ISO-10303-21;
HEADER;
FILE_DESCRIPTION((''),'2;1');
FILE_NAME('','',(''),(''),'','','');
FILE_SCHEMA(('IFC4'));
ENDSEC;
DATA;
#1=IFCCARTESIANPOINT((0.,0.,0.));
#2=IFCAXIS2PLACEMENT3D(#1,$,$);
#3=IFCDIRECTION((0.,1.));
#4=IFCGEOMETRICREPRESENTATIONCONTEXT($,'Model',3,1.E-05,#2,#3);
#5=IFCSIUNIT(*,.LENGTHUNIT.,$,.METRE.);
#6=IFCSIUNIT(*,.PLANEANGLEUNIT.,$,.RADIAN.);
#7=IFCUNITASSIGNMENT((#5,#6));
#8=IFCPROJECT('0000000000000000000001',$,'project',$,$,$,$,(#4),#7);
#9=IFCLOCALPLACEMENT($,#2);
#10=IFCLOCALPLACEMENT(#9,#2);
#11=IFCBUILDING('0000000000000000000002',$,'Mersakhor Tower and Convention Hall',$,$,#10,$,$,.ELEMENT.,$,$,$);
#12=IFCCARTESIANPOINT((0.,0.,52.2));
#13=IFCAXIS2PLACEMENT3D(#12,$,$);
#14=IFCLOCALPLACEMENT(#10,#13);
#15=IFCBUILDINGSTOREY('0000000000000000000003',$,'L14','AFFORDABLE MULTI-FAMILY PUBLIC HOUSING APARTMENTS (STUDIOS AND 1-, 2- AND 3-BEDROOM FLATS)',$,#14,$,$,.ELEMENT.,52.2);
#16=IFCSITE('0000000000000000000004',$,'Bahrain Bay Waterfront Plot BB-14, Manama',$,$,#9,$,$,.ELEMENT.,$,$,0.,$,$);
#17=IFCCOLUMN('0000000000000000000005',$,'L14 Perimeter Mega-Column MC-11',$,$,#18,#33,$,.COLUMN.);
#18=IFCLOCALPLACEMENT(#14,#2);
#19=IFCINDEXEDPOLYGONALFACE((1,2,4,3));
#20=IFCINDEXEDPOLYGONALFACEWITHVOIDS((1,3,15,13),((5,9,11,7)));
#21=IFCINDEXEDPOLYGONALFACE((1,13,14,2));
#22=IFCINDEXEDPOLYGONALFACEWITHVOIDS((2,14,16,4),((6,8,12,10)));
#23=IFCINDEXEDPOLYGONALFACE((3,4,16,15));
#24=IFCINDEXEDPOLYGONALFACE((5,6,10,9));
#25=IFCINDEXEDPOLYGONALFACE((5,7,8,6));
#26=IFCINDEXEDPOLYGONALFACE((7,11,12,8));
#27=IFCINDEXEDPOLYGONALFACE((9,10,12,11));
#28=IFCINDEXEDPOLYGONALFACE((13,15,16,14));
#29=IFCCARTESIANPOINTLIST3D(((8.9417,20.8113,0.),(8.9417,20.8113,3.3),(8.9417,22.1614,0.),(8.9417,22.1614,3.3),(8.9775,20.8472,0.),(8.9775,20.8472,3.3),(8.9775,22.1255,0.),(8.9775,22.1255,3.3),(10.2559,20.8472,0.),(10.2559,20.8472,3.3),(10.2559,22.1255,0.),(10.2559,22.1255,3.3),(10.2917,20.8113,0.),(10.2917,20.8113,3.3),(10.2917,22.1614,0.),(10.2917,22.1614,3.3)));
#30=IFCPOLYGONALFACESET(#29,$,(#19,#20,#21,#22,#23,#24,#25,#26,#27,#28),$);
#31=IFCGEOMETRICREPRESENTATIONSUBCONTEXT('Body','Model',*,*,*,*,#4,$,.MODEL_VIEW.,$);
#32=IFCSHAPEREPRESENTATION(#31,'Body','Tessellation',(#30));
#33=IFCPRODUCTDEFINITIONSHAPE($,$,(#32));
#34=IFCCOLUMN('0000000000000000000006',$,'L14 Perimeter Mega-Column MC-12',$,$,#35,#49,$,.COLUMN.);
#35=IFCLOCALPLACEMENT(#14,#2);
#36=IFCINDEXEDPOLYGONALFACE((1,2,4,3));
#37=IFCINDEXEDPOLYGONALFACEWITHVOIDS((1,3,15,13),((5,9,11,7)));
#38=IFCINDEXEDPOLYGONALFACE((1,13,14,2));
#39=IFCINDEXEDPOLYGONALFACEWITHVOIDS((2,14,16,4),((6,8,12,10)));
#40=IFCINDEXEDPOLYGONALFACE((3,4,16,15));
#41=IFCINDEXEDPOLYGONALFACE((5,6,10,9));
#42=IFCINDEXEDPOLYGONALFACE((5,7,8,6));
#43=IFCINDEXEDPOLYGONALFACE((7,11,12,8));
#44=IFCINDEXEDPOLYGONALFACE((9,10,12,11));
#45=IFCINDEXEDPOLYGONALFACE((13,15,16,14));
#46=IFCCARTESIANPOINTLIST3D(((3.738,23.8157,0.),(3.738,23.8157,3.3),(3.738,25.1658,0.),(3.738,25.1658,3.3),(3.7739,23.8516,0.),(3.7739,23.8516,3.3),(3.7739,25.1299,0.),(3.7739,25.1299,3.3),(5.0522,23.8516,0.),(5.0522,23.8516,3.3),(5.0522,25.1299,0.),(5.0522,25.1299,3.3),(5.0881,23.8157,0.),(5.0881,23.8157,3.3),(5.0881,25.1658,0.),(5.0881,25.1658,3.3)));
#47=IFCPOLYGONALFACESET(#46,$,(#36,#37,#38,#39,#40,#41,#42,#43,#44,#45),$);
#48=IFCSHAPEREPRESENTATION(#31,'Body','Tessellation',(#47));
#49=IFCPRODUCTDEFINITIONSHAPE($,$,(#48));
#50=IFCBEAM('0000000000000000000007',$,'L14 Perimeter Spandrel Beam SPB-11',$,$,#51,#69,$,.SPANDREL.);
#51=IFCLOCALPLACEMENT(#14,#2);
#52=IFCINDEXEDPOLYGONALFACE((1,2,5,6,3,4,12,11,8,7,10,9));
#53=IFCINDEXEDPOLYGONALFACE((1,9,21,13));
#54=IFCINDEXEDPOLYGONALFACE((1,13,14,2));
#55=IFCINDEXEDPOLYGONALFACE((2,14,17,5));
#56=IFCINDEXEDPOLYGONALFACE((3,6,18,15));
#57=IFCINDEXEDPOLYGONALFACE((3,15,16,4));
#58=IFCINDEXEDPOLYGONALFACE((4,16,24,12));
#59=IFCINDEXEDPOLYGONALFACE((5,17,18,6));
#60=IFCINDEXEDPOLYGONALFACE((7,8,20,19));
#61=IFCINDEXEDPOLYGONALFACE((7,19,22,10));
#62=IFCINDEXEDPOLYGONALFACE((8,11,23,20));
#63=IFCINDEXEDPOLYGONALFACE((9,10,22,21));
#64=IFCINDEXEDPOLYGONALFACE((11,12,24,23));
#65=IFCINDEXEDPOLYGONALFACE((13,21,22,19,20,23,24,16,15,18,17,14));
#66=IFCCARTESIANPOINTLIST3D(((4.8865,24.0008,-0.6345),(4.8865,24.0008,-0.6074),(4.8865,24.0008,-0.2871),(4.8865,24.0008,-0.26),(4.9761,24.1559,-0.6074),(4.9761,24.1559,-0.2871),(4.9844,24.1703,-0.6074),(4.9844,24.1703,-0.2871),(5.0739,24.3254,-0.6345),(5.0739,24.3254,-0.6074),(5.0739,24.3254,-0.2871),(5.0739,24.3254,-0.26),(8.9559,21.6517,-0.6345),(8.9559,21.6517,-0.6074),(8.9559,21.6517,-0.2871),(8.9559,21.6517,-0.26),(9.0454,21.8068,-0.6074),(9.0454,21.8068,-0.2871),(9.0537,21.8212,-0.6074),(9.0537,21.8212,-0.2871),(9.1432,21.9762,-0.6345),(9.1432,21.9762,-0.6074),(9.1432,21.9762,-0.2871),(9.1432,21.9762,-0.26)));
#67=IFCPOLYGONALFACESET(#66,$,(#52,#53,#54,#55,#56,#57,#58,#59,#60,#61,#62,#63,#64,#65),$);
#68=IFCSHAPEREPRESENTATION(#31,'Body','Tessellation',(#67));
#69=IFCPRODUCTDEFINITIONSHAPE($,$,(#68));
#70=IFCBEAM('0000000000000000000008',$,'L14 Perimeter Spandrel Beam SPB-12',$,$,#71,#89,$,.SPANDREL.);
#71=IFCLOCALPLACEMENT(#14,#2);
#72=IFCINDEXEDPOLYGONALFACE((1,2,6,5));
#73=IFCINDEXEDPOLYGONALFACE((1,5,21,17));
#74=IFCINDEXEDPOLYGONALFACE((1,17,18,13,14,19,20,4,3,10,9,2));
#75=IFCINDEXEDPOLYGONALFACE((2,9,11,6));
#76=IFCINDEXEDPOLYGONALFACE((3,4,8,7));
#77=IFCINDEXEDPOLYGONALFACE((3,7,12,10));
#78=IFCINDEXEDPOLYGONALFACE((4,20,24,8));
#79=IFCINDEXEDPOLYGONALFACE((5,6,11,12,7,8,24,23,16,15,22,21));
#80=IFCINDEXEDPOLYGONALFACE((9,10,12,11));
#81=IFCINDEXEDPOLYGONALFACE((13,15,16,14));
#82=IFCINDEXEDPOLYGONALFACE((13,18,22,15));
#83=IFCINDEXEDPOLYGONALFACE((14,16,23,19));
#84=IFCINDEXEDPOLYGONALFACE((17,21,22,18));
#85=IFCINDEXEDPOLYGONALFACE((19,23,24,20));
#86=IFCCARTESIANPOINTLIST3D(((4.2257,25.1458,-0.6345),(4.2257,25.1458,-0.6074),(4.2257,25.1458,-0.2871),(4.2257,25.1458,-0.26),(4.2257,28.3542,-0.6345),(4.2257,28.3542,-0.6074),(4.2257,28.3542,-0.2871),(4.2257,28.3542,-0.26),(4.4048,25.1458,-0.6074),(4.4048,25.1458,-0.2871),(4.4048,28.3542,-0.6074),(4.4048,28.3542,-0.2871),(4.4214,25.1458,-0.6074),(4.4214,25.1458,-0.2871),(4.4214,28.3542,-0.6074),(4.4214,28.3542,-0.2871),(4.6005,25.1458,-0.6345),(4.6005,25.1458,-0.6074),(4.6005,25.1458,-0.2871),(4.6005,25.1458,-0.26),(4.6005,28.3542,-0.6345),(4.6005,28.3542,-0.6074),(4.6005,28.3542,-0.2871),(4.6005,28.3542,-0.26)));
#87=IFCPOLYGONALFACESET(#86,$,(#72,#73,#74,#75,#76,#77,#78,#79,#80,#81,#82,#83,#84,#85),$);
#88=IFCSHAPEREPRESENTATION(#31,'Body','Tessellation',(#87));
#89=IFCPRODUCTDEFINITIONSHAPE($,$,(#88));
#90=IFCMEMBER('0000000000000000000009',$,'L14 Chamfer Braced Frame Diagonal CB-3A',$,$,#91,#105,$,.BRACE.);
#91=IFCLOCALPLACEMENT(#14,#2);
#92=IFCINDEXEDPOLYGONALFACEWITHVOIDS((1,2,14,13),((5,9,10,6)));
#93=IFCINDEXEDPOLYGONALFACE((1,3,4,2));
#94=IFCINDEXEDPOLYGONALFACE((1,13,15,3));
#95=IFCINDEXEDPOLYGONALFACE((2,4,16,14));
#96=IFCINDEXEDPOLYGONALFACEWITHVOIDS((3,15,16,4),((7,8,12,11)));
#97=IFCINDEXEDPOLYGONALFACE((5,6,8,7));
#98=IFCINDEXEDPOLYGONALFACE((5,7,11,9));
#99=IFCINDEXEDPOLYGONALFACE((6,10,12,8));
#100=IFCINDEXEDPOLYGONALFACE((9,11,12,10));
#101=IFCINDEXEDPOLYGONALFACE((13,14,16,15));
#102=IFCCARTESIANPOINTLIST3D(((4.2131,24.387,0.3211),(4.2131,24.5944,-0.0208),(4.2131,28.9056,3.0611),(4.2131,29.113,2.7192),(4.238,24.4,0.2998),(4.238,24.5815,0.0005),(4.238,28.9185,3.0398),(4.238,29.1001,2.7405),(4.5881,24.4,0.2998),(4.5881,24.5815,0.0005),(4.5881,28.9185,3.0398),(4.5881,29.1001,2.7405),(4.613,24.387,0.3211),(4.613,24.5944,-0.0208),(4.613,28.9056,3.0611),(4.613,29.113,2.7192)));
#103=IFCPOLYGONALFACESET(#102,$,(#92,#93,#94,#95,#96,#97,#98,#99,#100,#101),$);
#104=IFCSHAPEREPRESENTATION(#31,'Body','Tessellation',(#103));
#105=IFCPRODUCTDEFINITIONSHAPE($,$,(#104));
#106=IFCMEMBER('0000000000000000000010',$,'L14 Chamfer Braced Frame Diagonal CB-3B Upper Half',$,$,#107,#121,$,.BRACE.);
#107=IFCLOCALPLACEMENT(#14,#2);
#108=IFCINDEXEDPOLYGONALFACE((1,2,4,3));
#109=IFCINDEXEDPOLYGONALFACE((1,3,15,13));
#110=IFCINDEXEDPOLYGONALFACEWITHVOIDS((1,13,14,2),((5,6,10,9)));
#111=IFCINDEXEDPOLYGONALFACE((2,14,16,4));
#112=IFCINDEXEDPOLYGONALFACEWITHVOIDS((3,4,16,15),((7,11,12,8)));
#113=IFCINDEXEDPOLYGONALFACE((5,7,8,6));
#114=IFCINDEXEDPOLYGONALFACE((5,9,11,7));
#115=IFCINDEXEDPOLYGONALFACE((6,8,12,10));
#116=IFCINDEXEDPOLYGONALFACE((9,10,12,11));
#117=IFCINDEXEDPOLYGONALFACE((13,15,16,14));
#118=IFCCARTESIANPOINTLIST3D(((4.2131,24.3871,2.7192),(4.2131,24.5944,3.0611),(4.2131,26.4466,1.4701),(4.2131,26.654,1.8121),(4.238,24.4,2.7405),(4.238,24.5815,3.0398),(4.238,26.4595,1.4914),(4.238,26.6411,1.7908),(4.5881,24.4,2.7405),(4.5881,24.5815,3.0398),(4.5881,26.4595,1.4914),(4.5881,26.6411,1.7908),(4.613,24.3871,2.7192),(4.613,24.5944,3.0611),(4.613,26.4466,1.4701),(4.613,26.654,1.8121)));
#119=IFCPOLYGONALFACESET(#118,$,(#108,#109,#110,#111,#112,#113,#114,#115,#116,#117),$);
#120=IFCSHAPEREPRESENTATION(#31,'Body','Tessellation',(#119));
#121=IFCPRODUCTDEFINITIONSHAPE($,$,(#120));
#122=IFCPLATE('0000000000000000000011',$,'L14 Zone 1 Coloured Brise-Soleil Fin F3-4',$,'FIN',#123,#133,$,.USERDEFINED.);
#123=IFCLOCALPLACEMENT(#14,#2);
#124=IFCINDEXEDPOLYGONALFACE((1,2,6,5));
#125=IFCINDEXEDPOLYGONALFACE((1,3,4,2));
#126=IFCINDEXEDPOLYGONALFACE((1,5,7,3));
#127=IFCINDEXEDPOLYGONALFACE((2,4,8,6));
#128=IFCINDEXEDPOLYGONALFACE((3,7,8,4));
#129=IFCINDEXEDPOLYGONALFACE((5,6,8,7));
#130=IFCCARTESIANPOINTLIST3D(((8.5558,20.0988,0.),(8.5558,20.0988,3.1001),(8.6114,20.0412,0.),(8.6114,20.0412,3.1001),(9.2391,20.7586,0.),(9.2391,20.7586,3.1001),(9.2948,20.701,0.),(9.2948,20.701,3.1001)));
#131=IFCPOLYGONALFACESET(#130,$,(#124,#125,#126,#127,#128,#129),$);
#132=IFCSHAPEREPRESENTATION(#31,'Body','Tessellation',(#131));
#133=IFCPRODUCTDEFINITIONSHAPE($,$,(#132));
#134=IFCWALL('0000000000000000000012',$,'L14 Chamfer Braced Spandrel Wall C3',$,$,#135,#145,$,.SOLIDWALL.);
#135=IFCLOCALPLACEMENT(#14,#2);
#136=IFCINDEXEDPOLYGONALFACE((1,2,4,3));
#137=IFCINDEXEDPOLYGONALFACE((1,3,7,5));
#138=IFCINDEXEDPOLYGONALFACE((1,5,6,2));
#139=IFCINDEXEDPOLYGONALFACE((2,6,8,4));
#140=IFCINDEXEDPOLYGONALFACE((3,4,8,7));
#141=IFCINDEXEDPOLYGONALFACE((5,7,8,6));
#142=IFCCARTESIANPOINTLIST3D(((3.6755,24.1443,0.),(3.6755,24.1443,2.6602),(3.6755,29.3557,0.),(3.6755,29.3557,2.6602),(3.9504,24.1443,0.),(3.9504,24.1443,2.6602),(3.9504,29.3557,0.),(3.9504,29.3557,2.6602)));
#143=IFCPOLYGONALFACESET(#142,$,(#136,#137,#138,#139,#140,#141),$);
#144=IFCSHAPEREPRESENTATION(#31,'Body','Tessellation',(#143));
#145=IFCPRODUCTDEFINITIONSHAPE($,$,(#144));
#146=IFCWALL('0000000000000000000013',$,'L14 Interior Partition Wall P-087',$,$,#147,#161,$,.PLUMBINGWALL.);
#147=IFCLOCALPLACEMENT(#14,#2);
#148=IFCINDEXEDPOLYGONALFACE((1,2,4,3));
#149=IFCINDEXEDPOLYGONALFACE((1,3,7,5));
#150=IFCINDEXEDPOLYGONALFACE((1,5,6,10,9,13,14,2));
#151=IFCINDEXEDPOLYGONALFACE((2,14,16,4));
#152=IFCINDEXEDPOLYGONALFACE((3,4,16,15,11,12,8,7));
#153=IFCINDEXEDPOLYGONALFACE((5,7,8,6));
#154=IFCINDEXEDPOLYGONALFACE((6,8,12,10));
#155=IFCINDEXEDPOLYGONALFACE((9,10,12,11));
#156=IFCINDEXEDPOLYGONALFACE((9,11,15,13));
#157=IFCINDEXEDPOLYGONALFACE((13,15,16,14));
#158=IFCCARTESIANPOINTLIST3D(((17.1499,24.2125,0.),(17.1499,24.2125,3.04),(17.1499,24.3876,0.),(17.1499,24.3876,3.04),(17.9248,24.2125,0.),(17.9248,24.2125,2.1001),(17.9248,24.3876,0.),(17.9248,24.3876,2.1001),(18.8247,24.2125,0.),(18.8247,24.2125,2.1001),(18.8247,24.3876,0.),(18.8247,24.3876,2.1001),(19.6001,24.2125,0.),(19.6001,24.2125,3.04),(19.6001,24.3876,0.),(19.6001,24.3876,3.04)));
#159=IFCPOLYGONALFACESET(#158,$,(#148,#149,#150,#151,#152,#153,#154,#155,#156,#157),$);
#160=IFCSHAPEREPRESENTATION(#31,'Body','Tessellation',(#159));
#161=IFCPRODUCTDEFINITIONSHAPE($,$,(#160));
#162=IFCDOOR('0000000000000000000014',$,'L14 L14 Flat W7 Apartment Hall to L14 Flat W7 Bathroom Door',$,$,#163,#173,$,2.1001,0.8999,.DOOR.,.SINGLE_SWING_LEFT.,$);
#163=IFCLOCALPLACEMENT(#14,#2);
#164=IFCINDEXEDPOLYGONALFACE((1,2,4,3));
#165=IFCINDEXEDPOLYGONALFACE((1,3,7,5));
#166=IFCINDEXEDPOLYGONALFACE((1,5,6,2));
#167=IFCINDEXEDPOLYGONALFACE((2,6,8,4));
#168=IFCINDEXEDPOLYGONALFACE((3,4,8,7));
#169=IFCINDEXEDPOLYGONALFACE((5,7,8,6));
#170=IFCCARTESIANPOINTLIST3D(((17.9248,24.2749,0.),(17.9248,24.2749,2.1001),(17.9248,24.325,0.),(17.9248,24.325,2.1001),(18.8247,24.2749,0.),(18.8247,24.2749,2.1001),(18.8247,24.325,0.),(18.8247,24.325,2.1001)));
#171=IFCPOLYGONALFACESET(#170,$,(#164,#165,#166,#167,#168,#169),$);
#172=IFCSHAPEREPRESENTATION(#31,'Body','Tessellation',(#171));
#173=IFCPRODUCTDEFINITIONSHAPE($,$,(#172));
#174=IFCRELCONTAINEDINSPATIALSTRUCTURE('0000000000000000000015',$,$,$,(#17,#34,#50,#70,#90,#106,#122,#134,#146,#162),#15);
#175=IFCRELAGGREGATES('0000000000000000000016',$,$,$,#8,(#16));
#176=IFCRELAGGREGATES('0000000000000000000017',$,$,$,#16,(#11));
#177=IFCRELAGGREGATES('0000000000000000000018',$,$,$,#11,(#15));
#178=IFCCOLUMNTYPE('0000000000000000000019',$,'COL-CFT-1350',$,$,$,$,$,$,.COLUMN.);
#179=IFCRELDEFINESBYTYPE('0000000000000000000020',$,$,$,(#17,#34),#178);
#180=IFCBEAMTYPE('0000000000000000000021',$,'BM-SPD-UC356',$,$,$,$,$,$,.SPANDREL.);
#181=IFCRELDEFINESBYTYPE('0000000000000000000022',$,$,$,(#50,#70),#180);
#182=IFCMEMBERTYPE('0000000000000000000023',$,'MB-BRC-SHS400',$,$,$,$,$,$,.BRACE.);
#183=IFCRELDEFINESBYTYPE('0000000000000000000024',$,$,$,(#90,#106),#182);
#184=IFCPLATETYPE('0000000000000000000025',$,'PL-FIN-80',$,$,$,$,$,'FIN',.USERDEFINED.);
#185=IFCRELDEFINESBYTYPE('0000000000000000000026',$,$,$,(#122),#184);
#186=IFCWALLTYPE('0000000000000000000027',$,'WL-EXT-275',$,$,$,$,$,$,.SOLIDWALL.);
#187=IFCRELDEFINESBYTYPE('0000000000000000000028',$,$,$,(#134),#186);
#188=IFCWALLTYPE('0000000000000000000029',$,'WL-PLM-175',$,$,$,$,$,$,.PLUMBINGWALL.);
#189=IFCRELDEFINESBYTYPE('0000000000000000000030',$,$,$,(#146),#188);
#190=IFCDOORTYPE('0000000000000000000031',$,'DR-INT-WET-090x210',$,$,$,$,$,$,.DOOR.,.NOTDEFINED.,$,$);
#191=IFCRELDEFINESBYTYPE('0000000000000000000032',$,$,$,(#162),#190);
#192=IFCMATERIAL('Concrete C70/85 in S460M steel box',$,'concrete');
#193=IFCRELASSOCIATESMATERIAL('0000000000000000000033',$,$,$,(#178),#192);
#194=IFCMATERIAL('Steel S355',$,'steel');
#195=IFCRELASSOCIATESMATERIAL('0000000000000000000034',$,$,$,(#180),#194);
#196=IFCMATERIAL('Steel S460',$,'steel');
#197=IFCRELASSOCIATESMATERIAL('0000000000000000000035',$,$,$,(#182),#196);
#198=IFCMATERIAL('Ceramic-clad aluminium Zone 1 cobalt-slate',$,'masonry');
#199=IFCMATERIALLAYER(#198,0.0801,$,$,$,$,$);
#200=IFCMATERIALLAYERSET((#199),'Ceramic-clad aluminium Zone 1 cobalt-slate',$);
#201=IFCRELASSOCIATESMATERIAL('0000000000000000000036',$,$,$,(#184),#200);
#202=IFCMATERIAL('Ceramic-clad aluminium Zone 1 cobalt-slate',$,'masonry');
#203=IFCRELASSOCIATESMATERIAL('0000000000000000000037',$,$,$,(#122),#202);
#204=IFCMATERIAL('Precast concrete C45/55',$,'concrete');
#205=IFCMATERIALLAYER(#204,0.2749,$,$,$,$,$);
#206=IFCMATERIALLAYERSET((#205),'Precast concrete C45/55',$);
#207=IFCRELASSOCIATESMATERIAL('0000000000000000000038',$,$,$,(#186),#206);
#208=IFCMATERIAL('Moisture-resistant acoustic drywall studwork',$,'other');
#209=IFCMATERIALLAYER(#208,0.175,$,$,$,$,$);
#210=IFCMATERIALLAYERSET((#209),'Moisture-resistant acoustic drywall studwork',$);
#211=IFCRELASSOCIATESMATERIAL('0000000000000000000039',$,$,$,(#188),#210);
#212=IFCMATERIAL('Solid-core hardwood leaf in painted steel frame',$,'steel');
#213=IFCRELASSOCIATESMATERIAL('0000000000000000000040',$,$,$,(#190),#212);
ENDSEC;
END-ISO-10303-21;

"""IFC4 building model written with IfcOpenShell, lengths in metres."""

from ifc_helpers import new_model, si_unit, direction, frame, frame_2d, origin, origin_2d, place, context, subcontext, project, spatial, rectangle, hollow_rectangle, i_section, extrude, material, layer, layer_set, material_profile, profile_set, type_object, element, fill, save


model = new_model("IFC4")

# Units and contexts
model_context = context("Model", 3, precision=1e-05, world=origin(), true_north=direction((0.0, 1.0)))
body_context = subcontext(model_context, "Body", "Model", "MODEL_VIEW")
ifc_project = project(units=[si_unit("LENGTHUNIT", "METRE"), si_unit("PLANEANGLEUNIT", "RADIAN")], contexts=[model_context])

# Site, building, storey
site_placement = place(None, origin())
site = spatial("IfcSite", under=ifc_project, at=site_placement, Name="Bahrain Bay Waterfront Plot BB-14, Manama", CompositionType="ELEMENT", RefElevation=0.0)
building_placement = place(site_placement, origin())
building = spatial("IfcBuilding", under=site, at=building_placement, Name="Mersakhor Tower and Convention Hall", CompositionType="ELEMENT")
storey_placement = place(building_placement, frame((0.0, 0.0, 52.2)))
storey = spatial("IfcBuildingStorey", under=building, at=storey_placement, Name="L14", Description="AFFORDABLE MULTI-FAMILY PUBLIC HOUSING APARTMENTS (STUDIOS AND 1-, 2- AND 3-BEDROOM FLATS)", CompositionType="ELEMENT", Elevation=52.2)

# Columns
ifc_material_1 = material(Name="Concrete C70/85 in S460M steel box", Category="concrete")
ifc_material_profile_1 = material_profile(ifc_material_1, hollow_rectangle(XDim=1.3501, YDim=1.3501, WallThickness=0.0359, at=origin_2d()), Name="SHS 1350x1350x36")
ifc_profile_set_1 = profile_set([ifc_material_profile_1], Name="Concrete C70/85 in S460M steel box")
column_type = type_object("IfcColumnType", Name="COL-CFT-1350", PredefinedType="COLUMN", material=ifc_profile_set_1)
for number, where, z_axis, x_axis, name in (
    (1, (9.6167, 21.4863, 0.0), (0.0, 0.0, 1.0), (1.0, 0.0, 0.0), "L14 Perimeter Mega-Column MC-11"),
    (2, (4.4131, 24.4907, 0.0), (0.0, 0.0, 1.0), (1.0, 0.0, 0.0), "L14 Perimeter Mega-Column MC-12"),
):
    element("IfcColumn", number, at=place(storey_placement, frame(where, z_axis=z_axis, x_axis=x_axis)), inside=storey, type_object=column_type, Name=name, PredefinedType="COLUMN", context=body_context, shape_type="SweptSolid", body=[
        extrude(hollow_rectangle(XDim=1.3501, YDim=1.3501, WallThickness=0.0359, at=origin_2d()), origin(), (0.0, 0.0, 1.0), 3.3),
    ])

# Beams
ifc_material_2 = material(Name="Steel S355", Category="steel")
ifc_material_profile_2 = material_profile(ifc_material_2, i_section(OverallWidth=0.3748, OverallDepth=0.3745, WebThickness=0.0166, FlangeThickness=0.0271, at=origin_2d()), Name="UC 356x368x202")
ifc_profile_set_2 = profile_set([ifc_material_profile_2], Name="Steel S355")
beam_type = type_object("IfcBeamType", Name="BM-SPD-UC356", PredefinedType="SPANDREL", material=ifc_profile_set_2)
beam_1_placement = place(storey_placement, frame((9.0496, 21.814, -0.4473), z_axis=(-0.866054, 0.49995, 0.0), x_axis=(-0.49995, -0.866054, 0.0)))
element("IfcBeam", 3, at=beam_1_placement, inside=storey, type_object=beam_type, Name="L14 Perimeter Spandrel Beam SPB-11", PredefinedType="SPANDREL", context=body_context, shape_type="SweptSolid", body=[
    extrude(i_section(OverallWidth=0.3748, OverallDepth=0.3745, WebThickness=0.0166, FlangeThickness=0.0271, at=origin_2d()), origin(), (0.0, 0.0, 1.0), 4.6987),
])
beam_2_placement = place(storey_placement, frame((4.4131, 25.1458, -0.4473), z_axis=(0.0, 1.0, 0.0), x_axis=(-1.0, 0.0, 0.0)))
element("IfcBeam", 4, at=beam_2_placement, inside=storey, type_object=beam_type, Name="L14 Perimeter Spandrel Beam SPB-12", PredefinedType="SPANDREL", context=body_context, shape_type="SweptSolid", body=[
    extrude(i_section(OverallWidth=0.3748, OverallDepth=0.3745, WebThickness=0.0166, FlangeThickness=0.0271, at=origin_2d()), origin(), (0.0, 0.0, 1.0), 3.2085),
])

# Members
ifc_material_3 = material(Name="Steel S460", Category="steel")
ifc_material_profile_3 = material_profile(ifc_material_3, hollow_rectangle(XDim=0.3999, YDim=0.3999, WallThickness=0.0249, at=origin_2d()), Name="SHS 400x400x25")
ifc_profile_set_3 = profile_set([ifc_material_profile_3], Name="Steel S460")
member_type = type_object("IfcMemberType", Name="MB-BRC-SHS400", PredefinedType="BRACE", material=ifc_profile_set_3)
member_1_placement = place(storey_placement, frame((4.4131, 24.4907, 0.1501), z_axis=(0.0, 0.855074, 0.518505), x_axis=(-1.0, 0.0, 0.0)))
element("IfcMember", 5, at=member_1_placement, inside=storey, type_object=member_type, Name="L14 Chamfer Braced Frame Diagonal CB-3A", PredefinedType="BRACE", context=body_context, shape_type="SweptSolid", body=[
    extrude(hollow_rectangle(XDim=0.3999, YDim=0.3999, WallThickness=0.0249, at=origin_2d()), origin(), (0.0, 0.0, 1.0), 5.2844),
])
member_2_placement = place(storey_placement, frame((4.4131, 26.5503, 1.6411), z_axis=(0.0, -0.855051, 0.518544), x_axis=(1.0, 0.0, 0.0)))
element("IfcMember", 6, at=member_2_placement, inside=storey, type_object=member_type, Name="L14 Chamfer Braced Frame Diagonal CB-3B Upper Half", PredefinedType="BRACE", context=body_context, shape_type="SweptSolid", body=[
    extrude(hollow_rectangle(XDim=0.3999, YDim=0.3999, WallThickness=0.0249, at=origin_2d()), origin(), (0.0, 0.0, 1.0), 2.4087),
])

# Plate
ifc_material_4 = material(Name="Ceramic-clad aluminium Zone 1 cobalt-slate", Category="masonry")
ifc_material_5 = material(Name="Ceramic-clad aluminium Zone 1 cobalt-slate", Category="masonry")
ifc_layer_1 = layer(ifc_material_5, 0.0801)
ifc_layer_set_1 = layer_set([ifc_layer_1], Name="Ceramic-clad aluminium Zone 1 cobalt-slate")
plate_type = type_object("IfcPlateType", Name="PL-FIN-80", ElementType="FIN", PredefinedType="USERDEFINED", material=ifc_layer_set_1)
plate_placement = place(storey_placement, frame((8.9253, 20.3999, 0.0), z_axis=(0.0, 0.0, 1.0), x_axis=(-0.71934, -0.694658, 0.0)))
element("IfcPlate", 7, at=plate_placement, inside=storey, type_object=plate_type, material=ifc_material_4, Name="L14 Zone 1 Coloured Brise-Soleil Fin F3-4", ObjectType="FIN", PredefinedType="USERDEFINED", context=body_context, shape_type="SweptSolid", body=[
    extrude(rectangle(XDim=0.95, YDim=0.0801, at=origin_2d()), origin(), (0.0, 0.0, 1.0), 3.1001),
])

# Wall
ifc_material_6 = material(Name="Precast concrete C45/55", Category="concrete")
ifc_layer_2 = layer(ifc_material_6, 0.2749)
ifc_layer_set_2 = layer_set([ifc_layer_2], Name="Precast concrete C45/55")
wall_type_1 = type_object("IfcWallType", Name="WL-EXT-275", PredefinedType="SOLIDWALL", material=ifc_layer_set_2)
wall_1_placement = place(storey_placement, frame((3.813, 24.1443, 0.0), z_axis=(0.0, 0.0, 1.0), x_axis=(0.0, 1.0, 0.0)))
element("IfcWall", 8, at=wall_1_placement, inside=storey, type_object=wall_type_1, Name="L14 Chamfer Braced Spandrel Wall C3", PredefinedType="SOLIDWALL", context=body_context, shape_type="SweptSolid", body=[
    extrude(rectangle(XDim=5.2114, YDim=0.2749, at=frame_2d((2.6057, 0.0))), origin(), (0.0, 0.0, 1.0), 2.6602),
])

# Wall, opening, door
ifc_material_7 = material(Name="Moisture-resistant acoustic drywall studwork", Category="other")
ifc_layer_3 = layer(ifc_material_7, 0.175)
ifc_layer_set_3 = layer_set([ifc_layer_3], Name="Moisture-resistant acoustic drywall studwork")
wall_type_2 = type_object("IfcWallType", Name="WL-PLM-175", PredefinedType="PLUMBINGWALL", material=ifc_layer_set_3)
wall_2_placement = place(storey_placement, frame((17.1499, 24.3, 0.0), z_axis=(0.0, 0.0, 1.0), x_axis=(1.0, 0.0, 0.0)))
wall_2 = element("IfcWall", 9, at=wall_2_placement, inside=storey, type_object=wall_type_2, Name="L14 Interior Partition Wall P-087", PredefinedType="PLUMBINGWALL", context=body_context, shape_type="SweptSolid", body=[
    extrude(rectangle(XDim=2.4502, YDim=0.175, at=frame_2d((1.2251, 0.0))), origin(), (0.0, 0.0, 1.0), 3.04),
])
opening_1_placement = place(wall_2_placement, frame((0.7749, 0.0, 0.0)))
opening_1 = element("IfcOpeningElement", 10, at=opening_1_placement, cuts=wall_2, PredefinedType="OPENING", context=body_context, shape_type="SweptSolid", body=[
    extrude(rectangle(XDim=0.8999, YDim=2.1001, at=frame_2d((0.45, 1.05))), frame((0.0, 0.0974, 0.0), z_axis=(0.0, -1.0, 0.0), x_axis=(1.0, 0.0, 0.0)), (0.0, 0.0, 1.0), 0.1951),
])
ifc_material_8 = material(Name="Solid-core hardwood leaf in painted steel frame", Category="steel")
door_type_1 = type_object("IfcDoorType", Name="DR-INT-WET-090x210", OperationType="NOTDEFINED", PredefinedType="DOOR", material=ifc_material_8)
door_1_placement = place(opening_1_placement, origin())
door_1 = element("IfcDoor", 11, at=door_1_placement, inside=storey, type_object=door_type_1, Name="L14 L14 Flat W7 Apartment Hall to L14 Flat W7 Bathroom Door", OperationType="SINGLE_SWING_LEFT", OverallHeight=2.1001, OverallWidth=0.8999, PredefinedType="DOOR", context=body_context, shape_type="SweptSolid", body=[
    extrude(rectangle(XDim=0.8999, YDim=2.1001, at=frame_2d((0.45, 1.05))), frame((0.0, 0.0249, 0.0), z_axis=(0.0, -1.0, 0.0), x_axis=(1.0, 0.0, 0.0)), (0.0, 0.0, 1.0), 0.05),
])
fill(opening_1, door_1)

save(model, "model.ifc")
